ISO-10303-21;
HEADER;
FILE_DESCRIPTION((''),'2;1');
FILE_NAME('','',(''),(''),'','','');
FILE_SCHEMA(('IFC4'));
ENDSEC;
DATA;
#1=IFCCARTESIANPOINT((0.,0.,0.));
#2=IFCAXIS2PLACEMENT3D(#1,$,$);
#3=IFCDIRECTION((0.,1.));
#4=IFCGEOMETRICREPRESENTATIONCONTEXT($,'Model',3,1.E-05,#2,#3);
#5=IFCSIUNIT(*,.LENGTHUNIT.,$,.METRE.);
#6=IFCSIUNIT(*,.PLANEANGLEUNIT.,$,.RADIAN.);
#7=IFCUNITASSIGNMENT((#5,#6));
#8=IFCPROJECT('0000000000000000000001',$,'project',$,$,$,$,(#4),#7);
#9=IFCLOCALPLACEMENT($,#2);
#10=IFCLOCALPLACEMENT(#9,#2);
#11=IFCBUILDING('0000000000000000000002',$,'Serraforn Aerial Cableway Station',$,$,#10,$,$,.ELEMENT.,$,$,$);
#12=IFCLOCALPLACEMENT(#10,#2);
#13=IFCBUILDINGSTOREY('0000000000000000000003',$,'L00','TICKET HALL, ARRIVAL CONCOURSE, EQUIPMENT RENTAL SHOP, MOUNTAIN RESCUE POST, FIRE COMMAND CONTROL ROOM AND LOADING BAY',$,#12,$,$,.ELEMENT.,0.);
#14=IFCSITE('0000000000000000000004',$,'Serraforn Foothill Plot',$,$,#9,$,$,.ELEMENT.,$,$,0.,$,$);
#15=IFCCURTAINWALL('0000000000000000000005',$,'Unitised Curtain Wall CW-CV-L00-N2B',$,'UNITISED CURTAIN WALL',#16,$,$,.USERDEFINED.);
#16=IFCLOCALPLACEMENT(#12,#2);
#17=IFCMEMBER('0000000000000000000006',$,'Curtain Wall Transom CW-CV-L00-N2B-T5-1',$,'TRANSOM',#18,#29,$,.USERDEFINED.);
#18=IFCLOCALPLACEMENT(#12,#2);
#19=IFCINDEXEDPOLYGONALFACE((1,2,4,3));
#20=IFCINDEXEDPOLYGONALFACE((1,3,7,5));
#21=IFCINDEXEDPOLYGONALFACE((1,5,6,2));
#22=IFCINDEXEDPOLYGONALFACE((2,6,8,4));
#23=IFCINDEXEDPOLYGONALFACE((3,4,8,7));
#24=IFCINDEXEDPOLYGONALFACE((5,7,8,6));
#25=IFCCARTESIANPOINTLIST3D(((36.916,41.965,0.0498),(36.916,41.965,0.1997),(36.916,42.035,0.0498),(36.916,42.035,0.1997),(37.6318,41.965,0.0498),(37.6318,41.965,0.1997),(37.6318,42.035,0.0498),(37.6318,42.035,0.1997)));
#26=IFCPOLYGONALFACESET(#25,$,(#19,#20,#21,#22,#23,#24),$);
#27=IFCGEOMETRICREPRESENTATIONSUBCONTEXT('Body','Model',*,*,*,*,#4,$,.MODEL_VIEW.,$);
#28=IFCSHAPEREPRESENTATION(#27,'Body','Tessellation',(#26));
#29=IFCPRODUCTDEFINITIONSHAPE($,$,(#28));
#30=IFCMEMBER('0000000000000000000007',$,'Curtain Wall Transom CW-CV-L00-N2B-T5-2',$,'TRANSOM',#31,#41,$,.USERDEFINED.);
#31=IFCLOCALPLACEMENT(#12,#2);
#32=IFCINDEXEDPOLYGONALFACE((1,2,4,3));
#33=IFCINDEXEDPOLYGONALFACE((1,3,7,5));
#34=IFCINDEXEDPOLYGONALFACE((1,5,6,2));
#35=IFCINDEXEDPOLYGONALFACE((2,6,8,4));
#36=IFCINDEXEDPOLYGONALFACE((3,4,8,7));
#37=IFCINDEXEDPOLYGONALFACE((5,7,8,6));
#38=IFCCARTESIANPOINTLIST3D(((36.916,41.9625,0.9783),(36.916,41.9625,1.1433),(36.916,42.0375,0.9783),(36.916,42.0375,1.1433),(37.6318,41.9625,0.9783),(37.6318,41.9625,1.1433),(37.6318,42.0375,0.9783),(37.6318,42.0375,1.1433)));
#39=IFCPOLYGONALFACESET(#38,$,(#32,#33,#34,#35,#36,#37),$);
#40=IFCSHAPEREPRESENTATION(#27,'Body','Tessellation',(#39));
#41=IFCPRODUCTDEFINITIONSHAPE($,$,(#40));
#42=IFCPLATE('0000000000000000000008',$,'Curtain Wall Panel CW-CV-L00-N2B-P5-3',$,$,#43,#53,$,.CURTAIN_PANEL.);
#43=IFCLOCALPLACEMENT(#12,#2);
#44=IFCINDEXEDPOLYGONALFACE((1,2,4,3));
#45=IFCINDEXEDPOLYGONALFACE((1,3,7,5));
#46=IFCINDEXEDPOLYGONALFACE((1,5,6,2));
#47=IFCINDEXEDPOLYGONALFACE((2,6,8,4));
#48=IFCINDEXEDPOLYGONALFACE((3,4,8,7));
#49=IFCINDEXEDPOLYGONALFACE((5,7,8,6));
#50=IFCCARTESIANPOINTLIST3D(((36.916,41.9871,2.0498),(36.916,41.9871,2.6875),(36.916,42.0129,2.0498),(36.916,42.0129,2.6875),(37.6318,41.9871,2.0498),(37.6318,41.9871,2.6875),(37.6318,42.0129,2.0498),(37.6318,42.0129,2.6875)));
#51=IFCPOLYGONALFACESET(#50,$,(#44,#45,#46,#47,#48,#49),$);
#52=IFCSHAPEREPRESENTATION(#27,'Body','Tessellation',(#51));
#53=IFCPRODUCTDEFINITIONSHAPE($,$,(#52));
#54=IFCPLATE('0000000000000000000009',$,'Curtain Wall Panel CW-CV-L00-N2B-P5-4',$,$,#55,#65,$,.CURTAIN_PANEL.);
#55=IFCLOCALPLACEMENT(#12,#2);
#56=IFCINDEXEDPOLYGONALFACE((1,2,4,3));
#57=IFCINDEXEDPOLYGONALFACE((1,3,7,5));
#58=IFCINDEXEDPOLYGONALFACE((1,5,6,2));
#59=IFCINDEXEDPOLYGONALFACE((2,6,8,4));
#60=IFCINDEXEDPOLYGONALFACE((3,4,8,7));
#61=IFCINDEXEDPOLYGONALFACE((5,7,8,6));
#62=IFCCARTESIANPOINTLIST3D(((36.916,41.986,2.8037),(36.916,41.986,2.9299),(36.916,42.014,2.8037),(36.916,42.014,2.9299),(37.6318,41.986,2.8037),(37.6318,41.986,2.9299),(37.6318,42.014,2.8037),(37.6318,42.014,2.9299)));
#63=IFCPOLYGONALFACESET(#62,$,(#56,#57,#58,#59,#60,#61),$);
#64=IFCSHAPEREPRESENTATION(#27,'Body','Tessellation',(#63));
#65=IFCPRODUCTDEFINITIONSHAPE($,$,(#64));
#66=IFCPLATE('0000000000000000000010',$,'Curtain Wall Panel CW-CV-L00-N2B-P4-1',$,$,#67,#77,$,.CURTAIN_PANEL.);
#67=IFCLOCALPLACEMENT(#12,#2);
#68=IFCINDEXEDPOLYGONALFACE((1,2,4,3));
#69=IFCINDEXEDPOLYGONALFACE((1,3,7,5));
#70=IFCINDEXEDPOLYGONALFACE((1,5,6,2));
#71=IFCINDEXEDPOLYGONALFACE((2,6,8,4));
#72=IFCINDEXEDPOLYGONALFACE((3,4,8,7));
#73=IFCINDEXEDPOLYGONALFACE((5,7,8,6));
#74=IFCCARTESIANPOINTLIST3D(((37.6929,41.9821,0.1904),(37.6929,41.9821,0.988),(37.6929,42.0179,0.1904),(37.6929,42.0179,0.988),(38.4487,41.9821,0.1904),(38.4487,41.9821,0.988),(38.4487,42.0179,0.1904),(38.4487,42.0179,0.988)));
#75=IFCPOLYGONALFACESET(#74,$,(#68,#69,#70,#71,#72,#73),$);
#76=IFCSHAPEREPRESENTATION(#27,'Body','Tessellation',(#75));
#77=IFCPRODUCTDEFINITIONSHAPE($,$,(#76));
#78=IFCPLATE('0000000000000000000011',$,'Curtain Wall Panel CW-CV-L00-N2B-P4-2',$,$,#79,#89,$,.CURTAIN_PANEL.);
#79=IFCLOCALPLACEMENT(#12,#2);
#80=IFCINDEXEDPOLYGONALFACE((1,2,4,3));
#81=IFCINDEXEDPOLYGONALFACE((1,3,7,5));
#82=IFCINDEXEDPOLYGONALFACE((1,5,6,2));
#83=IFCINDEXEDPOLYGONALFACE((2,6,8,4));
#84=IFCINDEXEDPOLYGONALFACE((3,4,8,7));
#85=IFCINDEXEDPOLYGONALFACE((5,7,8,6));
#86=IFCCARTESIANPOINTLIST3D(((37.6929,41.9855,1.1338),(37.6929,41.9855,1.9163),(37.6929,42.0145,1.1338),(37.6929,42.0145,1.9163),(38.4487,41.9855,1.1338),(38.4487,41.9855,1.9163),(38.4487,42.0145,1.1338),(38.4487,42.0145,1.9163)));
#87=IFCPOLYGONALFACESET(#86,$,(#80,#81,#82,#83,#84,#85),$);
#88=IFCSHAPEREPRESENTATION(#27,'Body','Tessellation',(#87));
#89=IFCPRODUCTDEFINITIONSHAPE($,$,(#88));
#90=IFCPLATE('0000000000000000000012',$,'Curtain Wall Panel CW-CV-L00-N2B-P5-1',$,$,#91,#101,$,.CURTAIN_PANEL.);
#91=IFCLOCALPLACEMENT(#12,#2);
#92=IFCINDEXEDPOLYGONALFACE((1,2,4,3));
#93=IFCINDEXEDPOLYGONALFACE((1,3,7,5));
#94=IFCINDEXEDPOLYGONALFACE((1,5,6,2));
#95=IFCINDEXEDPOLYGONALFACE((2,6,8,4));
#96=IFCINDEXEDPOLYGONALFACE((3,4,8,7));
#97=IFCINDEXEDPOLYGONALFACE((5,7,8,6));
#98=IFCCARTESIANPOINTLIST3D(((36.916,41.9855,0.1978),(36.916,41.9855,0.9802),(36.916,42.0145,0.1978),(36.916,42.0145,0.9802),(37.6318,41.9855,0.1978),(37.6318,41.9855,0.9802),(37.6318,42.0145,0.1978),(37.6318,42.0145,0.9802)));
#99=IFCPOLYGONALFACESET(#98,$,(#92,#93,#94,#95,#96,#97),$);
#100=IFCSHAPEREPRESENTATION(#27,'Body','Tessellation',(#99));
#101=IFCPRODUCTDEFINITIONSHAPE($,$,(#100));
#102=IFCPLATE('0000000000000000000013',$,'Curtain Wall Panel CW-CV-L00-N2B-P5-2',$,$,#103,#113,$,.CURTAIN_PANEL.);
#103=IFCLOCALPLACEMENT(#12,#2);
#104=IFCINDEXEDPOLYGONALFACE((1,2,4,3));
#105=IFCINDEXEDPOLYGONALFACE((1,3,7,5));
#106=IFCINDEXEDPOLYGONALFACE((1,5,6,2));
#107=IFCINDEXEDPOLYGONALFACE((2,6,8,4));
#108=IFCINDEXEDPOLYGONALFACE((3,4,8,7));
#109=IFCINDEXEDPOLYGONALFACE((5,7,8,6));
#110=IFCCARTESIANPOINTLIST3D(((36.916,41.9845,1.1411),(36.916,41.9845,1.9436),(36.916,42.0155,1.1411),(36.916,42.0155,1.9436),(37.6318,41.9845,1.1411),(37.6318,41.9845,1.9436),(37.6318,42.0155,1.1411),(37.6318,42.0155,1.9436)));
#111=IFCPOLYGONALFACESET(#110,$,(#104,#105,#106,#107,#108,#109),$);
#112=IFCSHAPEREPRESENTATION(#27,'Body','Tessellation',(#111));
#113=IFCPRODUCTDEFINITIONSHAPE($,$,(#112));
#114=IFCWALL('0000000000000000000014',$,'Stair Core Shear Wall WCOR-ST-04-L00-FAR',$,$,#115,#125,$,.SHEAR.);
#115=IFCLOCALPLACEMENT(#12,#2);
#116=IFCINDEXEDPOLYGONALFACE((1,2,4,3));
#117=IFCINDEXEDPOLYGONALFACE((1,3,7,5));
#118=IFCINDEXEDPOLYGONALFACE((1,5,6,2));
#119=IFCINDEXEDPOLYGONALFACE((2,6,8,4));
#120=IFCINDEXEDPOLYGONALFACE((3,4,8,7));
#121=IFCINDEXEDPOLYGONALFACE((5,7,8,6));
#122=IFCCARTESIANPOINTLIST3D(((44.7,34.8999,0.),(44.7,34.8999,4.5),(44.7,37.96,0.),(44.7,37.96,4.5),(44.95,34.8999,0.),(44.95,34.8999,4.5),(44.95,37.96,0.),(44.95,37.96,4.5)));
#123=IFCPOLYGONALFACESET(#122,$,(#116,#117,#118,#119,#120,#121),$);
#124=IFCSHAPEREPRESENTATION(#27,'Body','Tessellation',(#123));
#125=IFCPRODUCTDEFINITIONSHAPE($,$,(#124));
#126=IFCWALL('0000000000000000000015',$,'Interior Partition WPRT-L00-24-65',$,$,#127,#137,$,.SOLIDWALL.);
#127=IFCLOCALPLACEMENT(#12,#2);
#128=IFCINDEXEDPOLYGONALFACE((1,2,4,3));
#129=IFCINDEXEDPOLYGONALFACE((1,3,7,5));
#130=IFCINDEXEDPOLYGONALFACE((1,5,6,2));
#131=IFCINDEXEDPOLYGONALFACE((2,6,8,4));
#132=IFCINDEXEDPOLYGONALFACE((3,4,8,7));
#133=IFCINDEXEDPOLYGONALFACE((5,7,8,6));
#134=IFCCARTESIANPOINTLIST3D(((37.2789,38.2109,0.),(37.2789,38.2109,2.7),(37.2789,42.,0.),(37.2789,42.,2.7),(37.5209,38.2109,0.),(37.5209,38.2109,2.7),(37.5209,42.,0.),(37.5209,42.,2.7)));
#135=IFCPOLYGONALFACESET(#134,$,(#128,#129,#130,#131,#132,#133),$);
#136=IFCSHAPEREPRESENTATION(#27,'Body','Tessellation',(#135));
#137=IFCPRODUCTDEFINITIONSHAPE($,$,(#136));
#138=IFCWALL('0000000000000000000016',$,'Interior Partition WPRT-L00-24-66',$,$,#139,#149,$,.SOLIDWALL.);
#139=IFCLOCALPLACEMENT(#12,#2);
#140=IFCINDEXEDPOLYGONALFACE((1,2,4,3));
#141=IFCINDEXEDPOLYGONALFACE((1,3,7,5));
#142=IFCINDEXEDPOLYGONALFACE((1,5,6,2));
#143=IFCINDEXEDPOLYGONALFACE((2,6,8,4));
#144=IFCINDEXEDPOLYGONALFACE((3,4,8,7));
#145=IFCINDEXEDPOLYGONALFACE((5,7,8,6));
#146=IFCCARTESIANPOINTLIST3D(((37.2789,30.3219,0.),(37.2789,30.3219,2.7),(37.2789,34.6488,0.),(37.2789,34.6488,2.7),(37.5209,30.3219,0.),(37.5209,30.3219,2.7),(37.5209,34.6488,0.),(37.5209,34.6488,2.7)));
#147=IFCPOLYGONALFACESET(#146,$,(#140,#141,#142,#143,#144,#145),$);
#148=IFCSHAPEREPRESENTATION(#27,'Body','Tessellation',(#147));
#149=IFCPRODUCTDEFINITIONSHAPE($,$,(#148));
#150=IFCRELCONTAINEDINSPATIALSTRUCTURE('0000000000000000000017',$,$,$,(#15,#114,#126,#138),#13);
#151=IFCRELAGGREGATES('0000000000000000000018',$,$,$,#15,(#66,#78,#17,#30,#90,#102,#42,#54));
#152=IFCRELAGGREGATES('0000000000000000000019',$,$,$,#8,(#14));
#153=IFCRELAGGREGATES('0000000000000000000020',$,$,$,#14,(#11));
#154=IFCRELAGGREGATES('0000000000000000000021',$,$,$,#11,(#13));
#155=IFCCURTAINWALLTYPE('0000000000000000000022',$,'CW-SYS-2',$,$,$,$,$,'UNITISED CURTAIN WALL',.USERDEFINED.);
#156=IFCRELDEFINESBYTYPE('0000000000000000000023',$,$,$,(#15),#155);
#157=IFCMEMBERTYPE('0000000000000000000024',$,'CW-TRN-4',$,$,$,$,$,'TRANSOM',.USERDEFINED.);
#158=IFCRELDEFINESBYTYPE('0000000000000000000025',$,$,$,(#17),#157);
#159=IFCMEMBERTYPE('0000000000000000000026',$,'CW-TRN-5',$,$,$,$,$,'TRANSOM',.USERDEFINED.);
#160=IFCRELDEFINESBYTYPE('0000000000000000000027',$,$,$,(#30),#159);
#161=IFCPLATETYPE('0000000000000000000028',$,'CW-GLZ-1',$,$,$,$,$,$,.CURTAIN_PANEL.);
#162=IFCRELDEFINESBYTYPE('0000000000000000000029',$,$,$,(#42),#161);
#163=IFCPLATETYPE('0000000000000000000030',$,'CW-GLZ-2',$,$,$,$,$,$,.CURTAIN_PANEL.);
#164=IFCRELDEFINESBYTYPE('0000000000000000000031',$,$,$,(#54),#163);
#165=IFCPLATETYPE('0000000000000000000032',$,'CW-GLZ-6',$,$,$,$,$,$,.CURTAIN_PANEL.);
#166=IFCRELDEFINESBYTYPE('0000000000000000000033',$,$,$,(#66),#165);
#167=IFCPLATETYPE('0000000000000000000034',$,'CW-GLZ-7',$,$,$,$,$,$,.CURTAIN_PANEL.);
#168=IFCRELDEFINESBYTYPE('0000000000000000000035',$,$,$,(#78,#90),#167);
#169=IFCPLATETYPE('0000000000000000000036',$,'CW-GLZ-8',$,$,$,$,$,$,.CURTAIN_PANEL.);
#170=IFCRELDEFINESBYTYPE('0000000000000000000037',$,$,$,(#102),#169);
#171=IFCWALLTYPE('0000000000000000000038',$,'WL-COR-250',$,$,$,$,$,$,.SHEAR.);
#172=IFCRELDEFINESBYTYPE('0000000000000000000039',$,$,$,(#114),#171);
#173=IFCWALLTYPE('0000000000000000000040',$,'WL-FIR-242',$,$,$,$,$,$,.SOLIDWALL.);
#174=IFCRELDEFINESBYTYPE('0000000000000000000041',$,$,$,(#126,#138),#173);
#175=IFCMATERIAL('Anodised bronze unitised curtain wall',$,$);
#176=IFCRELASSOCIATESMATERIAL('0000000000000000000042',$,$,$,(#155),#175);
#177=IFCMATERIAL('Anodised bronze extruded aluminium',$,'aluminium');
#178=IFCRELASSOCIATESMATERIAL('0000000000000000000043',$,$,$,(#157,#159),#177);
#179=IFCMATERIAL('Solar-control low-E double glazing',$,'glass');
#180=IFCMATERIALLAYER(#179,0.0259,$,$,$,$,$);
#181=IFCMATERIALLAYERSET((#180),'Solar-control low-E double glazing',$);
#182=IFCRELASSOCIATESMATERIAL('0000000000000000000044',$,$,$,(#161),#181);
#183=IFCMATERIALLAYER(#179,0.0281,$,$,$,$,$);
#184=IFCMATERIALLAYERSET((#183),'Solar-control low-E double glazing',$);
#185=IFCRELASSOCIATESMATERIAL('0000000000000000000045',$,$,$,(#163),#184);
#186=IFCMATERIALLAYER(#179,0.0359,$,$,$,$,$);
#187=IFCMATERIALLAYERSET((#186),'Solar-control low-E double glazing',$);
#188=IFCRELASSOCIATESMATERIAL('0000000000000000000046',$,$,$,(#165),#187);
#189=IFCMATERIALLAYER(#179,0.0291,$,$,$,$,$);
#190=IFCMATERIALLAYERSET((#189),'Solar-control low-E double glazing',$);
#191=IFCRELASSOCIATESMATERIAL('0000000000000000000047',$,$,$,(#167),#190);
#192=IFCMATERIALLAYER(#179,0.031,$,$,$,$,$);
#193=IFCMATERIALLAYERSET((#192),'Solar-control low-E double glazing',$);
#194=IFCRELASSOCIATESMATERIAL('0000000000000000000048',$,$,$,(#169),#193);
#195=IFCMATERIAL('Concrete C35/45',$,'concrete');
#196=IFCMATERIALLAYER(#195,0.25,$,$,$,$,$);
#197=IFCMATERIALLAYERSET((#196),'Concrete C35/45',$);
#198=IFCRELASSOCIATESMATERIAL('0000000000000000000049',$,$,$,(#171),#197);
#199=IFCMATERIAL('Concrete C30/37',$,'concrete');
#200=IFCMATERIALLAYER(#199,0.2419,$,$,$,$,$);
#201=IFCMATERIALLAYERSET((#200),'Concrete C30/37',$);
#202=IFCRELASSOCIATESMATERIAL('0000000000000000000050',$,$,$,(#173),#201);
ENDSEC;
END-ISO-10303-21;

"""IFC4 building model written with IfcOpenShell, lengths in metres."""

from ifc_helpers import new_model, si_unit, direction, frame, frame_2d, origin, origin_2d, place, context, subcontext, project, spatial, rectangle, extrude, material, layer, layer_set, material_profile, profile_set, type_object, element, aggregate, save


model = new_model("IFC4")

# Units and contexts
model_context = context("Model", 3, precision=1e-05, world=origin(), true_north=direction((0.0, 1.0)))
body_context = subcontext(model_context, "Body", "Model", "MODEL_VIEW")
ifc_project = project(units=[si_unit("LENGTHUNIT", "METRE"), si_unit("PLANEANGLEUNIT", "RADIAN")], contexts=[model_context])

# Site, building, storey
site_placement = place(None, origin())
site = spatial("IfcSite", under=ifc_project, at=site_placement, Name="Serraforn Foothill Plot", CompositionType="ELEMENT", RefElevation=0.0)
building_placement = place(site_placement, origin())
building = spatial("IfcBuilding", under=site, at=building_placement, Name="Serraforn Aerial Cableway Station", CompositionType="ELEMENT")
storey_placement = place(building_placement, origin())
storey = spatial("IfcBuildingStorey", under=building, at=storey_placement, Name="L00", Description="TICKET HALL, ARRIVAL CONCOURSE, EQUIPMENT RENTAL SHOP, MOUNTAIN RESCUE POST, FIRE COMMAND CONTROL ROOM AND LOADING BAY", CompositionType="ELEMENT", Elevation=0.0)

# Shared definitions
ifc_material_1 = material(Name="Concrete C35/45", Category="concrete")

# Curtain wall, members, plates
ifc_material_2 = material(Name="Anodised bronze unitised curtain wall")
curtain_wall_type = type_object("IfcCurtainWallType", Name="CW-SYS-2", ElementType="UNITISED CURTAIN WALL", PredefinedType="USERDEFINED", material=ifc_material_2)
curtain_wall_placement = place(storey_placement, origin())
curtain_wall = element("IfcCurtainWall", 1, at=curtain_wall_placement, inside=storey, type_object=curtain_wall_type, Name="Unitised Curtain Wall CW-CV-L00-N2B", ObjectType="UNITISED CURTAIN WALL", PredefinedType="USERDEFINED")
ifc_material_3 = material(Name="Anodised bronze extruded aluminium", Category="aluminium")
ifc_material_profile_1 = material_profile(ifc_material_3, rectangle(XDim=0.0701, YDim=0.1499, at=origin_2d()), Name="CW TRANSOM 70x150")
ifc_profile_set_1 = profile_set([ifc_material_profile_1], Name="Anodised bronze extruded aluminium")
member_type_1 = type_object("IfcMemberType", Name="CW-TRN-4", ElementType="TRANSOM", PredefinedType="USERDEFINED", material=ifc_profile_set_1)
member_1_placement = place(storey_placement, frame((37.6318, 42.0, 0.1248), z_axis=(-1.0, 0.0, 0.0), x_axis=(0.0, -1.0, 0.0)))
member_1 = element("IfcMember", 2, at=member_1_placement, type_object=member_type_1, Name="Curtain Wall Transom CW-CV-L00-N2B-T5-1", ObjectType="TRANSOM", PredefinedType="USERDEFINED", context=body_context, shape_type="SweptSolid", body=[
    extrude(rectangle(XDim=0.0701, YDim=0.1499, at=origin_2d()), origin(), (0.0, 0.0, 1.0), 0.7158),
])
ifc_material_profile_2 = material_profile(ifc_material_3, rectangle(XDim=0.075, YDim=0.165, at=origin_2d()), Name="CW TRANSOM 75x165")
ifc_profile_set_2 = profile_set([ifc_material_profile_2], Name="Anodised bronze extruded aluminium")
member_type_2 = type_object("IfcMemberType", Name="CW-TRN-5", ElementType="TRANSOM", PredefinedType="USERDEFINED", material=ifc_profile_set_2)
member_2_placement = place(storey_placement, frame((37.6318, 42.0, 1.0608), z_axis=(-1.0, 0.0, 0.0), x_axis=(0.0, -1.0, 0.0)))
member_2 = element("IfcMember", 3, at=member_2_placement, type_object=member_type_2, Name="Curtain Wall Transom CW-CV-L00-N2B-T5-2", ObjectType="TRANSOM", PredefinedType="USERDEFINED", context=body_context, shape_type="SweptSolid", body=[
    extrude(rectangle(XDim=0.075, YDim=0.165, at=origin_2d()), origin(), (0.0, 0.0, 1.0), 0.7158),
])
ifc_material_4 = material(Name="Solar-control low-E double glazing", Category="glass")
ifc_layer_1 = layer(ifc_material_4, 0.0259)
ifc_layer_set_1 = layer_set([ifc_layer_1], Name="Solar-control low-E double glazing")
plate_type_1 = type_object("IfcPlateType", Name="CW-GLZ-1", PredefinedType="CURTAIN_PANEL", material=ifc_layer_set_1)
plate_1_placement = place(storey_placement, frame((37.2739, 42.0, 2.0498), z_axis=(0.0, 0.0, 1.0), x_axis=(1.0, 0.0, 0.0)))
plate_1 = element("IfcPlate", 4, at=plate_1_placement, type_object=plate_type_1, Name="Curtain Wall Panel CW-CV-L00-N2B-P5-3", PredefinedType="CURTAIN_PANEL", context=body_context, shape_type="SweptSolid", body=[
    extrude(rectangle(XDim=0.7158, YDim=0.0259, at=origin_2d()), origin(), (0.0, 0.0, 1.0), 0.6377),
])
ifc_layer_2 = layer(ifc_material_4, 0.0281)
ifc_layer_set_2 = layer_set([ifc_layer_2], Name="Solar-control low-E double glazing")
plate_type_2 = type_object("IfcPlateType", Name="CW-GLZ-2", PredefinedType="CURTAIN_PANEL", material=ifc_layer_set_2)
plate_2_placement = place(storey_placement, frame((37.2739, 42.0, 2.8037), z_axis=(0.0, 0.0, 1.0), x_axis=(1.0, 0.0, 0.0)))
plate_2 = element("IfcPlate", 5, at=plate_2_placement, type_object=plate_type_2, Name="Curtain Wall Panel CW-CV-L00-N2B-P5-4", PredefinedType="CURTAIN_PANEL", context=body_context, shape_type="SweptSolid", body=[
    extrude(rectangle(XDim=0.7158, YDim=0.0281, at=origin_2d()), origin(), (0.0, 0.0, 1.0), 0.1262),
])
ifc_layer_3 = layer(ifc_material_4, 0.0359)
ifc_layer_set_3 = layer_set([ifc_layer_3], Name="Solar-control low-E double glazing")
plate_type_3 = type_object("IfcPlateType", Name="CW-GLZ-6", PredefinedType="CURTAIN_PANEL", material=ifc_layer_set_3)
plate_3_placement = place(storey_placement, frame((38.0708, 42.0, 0.1904), z_axis=(0.0, 0.0, 1.0), x_axis=(1.0, 0.0, 0.0)))
plate_3 = element("IfcPlate", 6, at=plate_3_placement, type_object=plate_type_3, Name="Curtain Wall Panel CW-CV-L00-N2B-P4-1", PredefinedType="CURTAIN_PANEL", context=body_context, shape_type="SweptSolid", body=[
    extrude(rectangle(XDim=0.7559, YDim=0.0359, at=origin_2d()), origin(), (0.0, 0.0, 1.0), 0.7976),
])
ifc_layer_4 = layer(ifc_material_4, 0.0291)
ifc_layer_set_4 = layer_set([ifc_layer_4], Name="Solar-control low-E double glazing")
plate_type_4 = type_object("IfcPlateType", Name="CW-GLZ-7", PredefinedType="CURTAIN_PANEL", material=ifc_layer_set_4)
plate_4_placement = place(storey_placement, frame((38.0708, 42.0, 1.1338), z_axis=(0.0, 0.0, 1.0), x_axis=(1.0, 0.0, 0.0)))
plate_4 = element("IfcPlate", 7, at=plate_4_placement, type_object=plate_type_4, Name="Curtain Wall Panel CW-CV-L00-N2B-P4-2", PredefinedType="CURTAIN_PANEL", context=body_context, shape_type="SweptSolid", body=[
    extrude(rectangle(XDim=0.7559, YDim=0.0291, at=origin_2d()), origin(), (0.0, 0.0, 1.0), 0.7825),
])
plate_5_placement = place(storey_placement, frame((37.2739, 42.0, 0.1978), z_axis=(0.0, 0.0, 1.0), x_axis=(1.0, 0.0, 0.0)))
plate_5 = element("IfcPlate", 8, at=plate_5_placement, type_object=plate_type_4, Name="Curtain Wall Panel CW-CV-L00-N2B-P5-1", PredefinedType="CURTAIN_PANEL", context=body_context, shape_type="SweptSolid", body=[
    extrude(rectangle(XDim=0.7158, YDim=0.0291, at=origin_2d()), origin(), (0.0, 0.0, 1.0), 0.7825),
])
ifc_layer_5 = layer(ifc_material_4, 0.031)
ifc_layer_set_5 = layer_set([ifc_layer_5], Name="Solar-control low-E double glazing")
plate_type_5 = type_object("IfcPlateType", Name="CW-GLZ-8", PredefinedType="CURTAIN_PANEL", material=ifc_layer_set_5)
plate_6_placement = place(storey_placement, frame((37.2739, 42.0, 1.1411), z_axis=(0.0, 0.0, 1.0), x_axis=(1.0, 0.0, 0.0)))
plate_6 = element("IfcPlate", 9, at=plate_6_placement, type_object=plate_type_5, Name="Curtain Wall Panel CW-CV-L00-N2B-P5-2", PredefinedType="CURTAIN_PANEL", context=body_context, shape_type="SweptSolid", body=[
    extrude(rectangle(XDim=0.7158, YDim=0.031, at=origin_2d()), origin(), (0.0, 0.0, 1.0), 0.8025),
])
aggregate(curtain_wall, [plate_3, plate_4, member_1, member_2, plate_5, plate_6, plate_1, plate_2])

# Shared definitions
ifc_layer_6 = layer(ifc_material_1, 0.25)
ifc_layer_set_6 = layer_set([ifc_layer_6], Name="Concrete C35/45")
wall_type_1 = type_object("IfcWallType", Name="WL-COR-250", PredefinedType="SHEAR", material=ifc_layer_set_6)

# Wall
wall_1_placement = place(storey_placement, frame((44.825, 34.8999, 0.0), z_axis=(0.0, 0.0, 1.0), x_axis=(0.0, 1.0, 0.0)))
element("IfcWall", 10, at=wall_1_placement, inside=storey, type_object=wall_type_1, Name="Stair Core Shear Wall WCOR-ST-04-L00-FAR", PredefinedType="SHEAR", context=body_context, shape_type="SweptSolid", body=[
    extrude(rectangle(XDim=3.0601, YDim=0.25, at=frame_2d((1.53, 0.0))), origin(), (0.0, 0.0, 1.0), 4.5),
])

# Shared definitions
ifc_material_5 = material(Name="Concrete C30/37", Category="concrete")
ifc_layer_7 = layer(ifc_material_5, 0.2419)
ifc_layer_set_7 = layer_set([ifc_layer_7], Name="Concrete C30/37")
wall_type_2 = type_object("IfcWallType", Name="WL-FIR-242", PredefinedType="SOLIDWALL", material=ifc_layer_set_7)

# Walls
wall_2_placement = place(storey_placement, frame((37.3999, 42.0, 0.0), z_axis=(0.0, 0.0, 1.0), x_axis=(0.0, -1.0, 0.0)))
element("IfcWall", 11, at=wall_2_placement, inside=storey, type_object=wall_type_2, Name="Interior Partition WPRT-L00-24-65", PredefinedType="SOLIDWALL", context=body_context, shape_type="SweptSolid", body=[
    extrude(rectangle(XDim=3.7891, YDim=0.2419, at=frame_2d((1.8945, 0.0))), origin(), (0.0, 0.0, 1.0), 2.7),
])
wall_3_placement = place(storey_placement, frame((37.3999, 34.6489, 0.0), z_axis=(0.0, 0.0, 1.0), x_axis=(0.0, -1.0, 0.0)))
element("IfcWall", 12, at=wall_3_placement, inside=storey, type_object=wall_type_2, Name="Interior Partition WPRT-L00-24-66", PredefinedType="SOLIDWALL", context=body_context, shape_type="SweptSolid", body=[
    extrude(rectangle(XDim=4.3269, YDim=0.2419, at=frame_2d((2.1636, 0.0))), origin(), (0.0, 0.0, 1.0), 2.7),
])

save(model, "model.ifc")
